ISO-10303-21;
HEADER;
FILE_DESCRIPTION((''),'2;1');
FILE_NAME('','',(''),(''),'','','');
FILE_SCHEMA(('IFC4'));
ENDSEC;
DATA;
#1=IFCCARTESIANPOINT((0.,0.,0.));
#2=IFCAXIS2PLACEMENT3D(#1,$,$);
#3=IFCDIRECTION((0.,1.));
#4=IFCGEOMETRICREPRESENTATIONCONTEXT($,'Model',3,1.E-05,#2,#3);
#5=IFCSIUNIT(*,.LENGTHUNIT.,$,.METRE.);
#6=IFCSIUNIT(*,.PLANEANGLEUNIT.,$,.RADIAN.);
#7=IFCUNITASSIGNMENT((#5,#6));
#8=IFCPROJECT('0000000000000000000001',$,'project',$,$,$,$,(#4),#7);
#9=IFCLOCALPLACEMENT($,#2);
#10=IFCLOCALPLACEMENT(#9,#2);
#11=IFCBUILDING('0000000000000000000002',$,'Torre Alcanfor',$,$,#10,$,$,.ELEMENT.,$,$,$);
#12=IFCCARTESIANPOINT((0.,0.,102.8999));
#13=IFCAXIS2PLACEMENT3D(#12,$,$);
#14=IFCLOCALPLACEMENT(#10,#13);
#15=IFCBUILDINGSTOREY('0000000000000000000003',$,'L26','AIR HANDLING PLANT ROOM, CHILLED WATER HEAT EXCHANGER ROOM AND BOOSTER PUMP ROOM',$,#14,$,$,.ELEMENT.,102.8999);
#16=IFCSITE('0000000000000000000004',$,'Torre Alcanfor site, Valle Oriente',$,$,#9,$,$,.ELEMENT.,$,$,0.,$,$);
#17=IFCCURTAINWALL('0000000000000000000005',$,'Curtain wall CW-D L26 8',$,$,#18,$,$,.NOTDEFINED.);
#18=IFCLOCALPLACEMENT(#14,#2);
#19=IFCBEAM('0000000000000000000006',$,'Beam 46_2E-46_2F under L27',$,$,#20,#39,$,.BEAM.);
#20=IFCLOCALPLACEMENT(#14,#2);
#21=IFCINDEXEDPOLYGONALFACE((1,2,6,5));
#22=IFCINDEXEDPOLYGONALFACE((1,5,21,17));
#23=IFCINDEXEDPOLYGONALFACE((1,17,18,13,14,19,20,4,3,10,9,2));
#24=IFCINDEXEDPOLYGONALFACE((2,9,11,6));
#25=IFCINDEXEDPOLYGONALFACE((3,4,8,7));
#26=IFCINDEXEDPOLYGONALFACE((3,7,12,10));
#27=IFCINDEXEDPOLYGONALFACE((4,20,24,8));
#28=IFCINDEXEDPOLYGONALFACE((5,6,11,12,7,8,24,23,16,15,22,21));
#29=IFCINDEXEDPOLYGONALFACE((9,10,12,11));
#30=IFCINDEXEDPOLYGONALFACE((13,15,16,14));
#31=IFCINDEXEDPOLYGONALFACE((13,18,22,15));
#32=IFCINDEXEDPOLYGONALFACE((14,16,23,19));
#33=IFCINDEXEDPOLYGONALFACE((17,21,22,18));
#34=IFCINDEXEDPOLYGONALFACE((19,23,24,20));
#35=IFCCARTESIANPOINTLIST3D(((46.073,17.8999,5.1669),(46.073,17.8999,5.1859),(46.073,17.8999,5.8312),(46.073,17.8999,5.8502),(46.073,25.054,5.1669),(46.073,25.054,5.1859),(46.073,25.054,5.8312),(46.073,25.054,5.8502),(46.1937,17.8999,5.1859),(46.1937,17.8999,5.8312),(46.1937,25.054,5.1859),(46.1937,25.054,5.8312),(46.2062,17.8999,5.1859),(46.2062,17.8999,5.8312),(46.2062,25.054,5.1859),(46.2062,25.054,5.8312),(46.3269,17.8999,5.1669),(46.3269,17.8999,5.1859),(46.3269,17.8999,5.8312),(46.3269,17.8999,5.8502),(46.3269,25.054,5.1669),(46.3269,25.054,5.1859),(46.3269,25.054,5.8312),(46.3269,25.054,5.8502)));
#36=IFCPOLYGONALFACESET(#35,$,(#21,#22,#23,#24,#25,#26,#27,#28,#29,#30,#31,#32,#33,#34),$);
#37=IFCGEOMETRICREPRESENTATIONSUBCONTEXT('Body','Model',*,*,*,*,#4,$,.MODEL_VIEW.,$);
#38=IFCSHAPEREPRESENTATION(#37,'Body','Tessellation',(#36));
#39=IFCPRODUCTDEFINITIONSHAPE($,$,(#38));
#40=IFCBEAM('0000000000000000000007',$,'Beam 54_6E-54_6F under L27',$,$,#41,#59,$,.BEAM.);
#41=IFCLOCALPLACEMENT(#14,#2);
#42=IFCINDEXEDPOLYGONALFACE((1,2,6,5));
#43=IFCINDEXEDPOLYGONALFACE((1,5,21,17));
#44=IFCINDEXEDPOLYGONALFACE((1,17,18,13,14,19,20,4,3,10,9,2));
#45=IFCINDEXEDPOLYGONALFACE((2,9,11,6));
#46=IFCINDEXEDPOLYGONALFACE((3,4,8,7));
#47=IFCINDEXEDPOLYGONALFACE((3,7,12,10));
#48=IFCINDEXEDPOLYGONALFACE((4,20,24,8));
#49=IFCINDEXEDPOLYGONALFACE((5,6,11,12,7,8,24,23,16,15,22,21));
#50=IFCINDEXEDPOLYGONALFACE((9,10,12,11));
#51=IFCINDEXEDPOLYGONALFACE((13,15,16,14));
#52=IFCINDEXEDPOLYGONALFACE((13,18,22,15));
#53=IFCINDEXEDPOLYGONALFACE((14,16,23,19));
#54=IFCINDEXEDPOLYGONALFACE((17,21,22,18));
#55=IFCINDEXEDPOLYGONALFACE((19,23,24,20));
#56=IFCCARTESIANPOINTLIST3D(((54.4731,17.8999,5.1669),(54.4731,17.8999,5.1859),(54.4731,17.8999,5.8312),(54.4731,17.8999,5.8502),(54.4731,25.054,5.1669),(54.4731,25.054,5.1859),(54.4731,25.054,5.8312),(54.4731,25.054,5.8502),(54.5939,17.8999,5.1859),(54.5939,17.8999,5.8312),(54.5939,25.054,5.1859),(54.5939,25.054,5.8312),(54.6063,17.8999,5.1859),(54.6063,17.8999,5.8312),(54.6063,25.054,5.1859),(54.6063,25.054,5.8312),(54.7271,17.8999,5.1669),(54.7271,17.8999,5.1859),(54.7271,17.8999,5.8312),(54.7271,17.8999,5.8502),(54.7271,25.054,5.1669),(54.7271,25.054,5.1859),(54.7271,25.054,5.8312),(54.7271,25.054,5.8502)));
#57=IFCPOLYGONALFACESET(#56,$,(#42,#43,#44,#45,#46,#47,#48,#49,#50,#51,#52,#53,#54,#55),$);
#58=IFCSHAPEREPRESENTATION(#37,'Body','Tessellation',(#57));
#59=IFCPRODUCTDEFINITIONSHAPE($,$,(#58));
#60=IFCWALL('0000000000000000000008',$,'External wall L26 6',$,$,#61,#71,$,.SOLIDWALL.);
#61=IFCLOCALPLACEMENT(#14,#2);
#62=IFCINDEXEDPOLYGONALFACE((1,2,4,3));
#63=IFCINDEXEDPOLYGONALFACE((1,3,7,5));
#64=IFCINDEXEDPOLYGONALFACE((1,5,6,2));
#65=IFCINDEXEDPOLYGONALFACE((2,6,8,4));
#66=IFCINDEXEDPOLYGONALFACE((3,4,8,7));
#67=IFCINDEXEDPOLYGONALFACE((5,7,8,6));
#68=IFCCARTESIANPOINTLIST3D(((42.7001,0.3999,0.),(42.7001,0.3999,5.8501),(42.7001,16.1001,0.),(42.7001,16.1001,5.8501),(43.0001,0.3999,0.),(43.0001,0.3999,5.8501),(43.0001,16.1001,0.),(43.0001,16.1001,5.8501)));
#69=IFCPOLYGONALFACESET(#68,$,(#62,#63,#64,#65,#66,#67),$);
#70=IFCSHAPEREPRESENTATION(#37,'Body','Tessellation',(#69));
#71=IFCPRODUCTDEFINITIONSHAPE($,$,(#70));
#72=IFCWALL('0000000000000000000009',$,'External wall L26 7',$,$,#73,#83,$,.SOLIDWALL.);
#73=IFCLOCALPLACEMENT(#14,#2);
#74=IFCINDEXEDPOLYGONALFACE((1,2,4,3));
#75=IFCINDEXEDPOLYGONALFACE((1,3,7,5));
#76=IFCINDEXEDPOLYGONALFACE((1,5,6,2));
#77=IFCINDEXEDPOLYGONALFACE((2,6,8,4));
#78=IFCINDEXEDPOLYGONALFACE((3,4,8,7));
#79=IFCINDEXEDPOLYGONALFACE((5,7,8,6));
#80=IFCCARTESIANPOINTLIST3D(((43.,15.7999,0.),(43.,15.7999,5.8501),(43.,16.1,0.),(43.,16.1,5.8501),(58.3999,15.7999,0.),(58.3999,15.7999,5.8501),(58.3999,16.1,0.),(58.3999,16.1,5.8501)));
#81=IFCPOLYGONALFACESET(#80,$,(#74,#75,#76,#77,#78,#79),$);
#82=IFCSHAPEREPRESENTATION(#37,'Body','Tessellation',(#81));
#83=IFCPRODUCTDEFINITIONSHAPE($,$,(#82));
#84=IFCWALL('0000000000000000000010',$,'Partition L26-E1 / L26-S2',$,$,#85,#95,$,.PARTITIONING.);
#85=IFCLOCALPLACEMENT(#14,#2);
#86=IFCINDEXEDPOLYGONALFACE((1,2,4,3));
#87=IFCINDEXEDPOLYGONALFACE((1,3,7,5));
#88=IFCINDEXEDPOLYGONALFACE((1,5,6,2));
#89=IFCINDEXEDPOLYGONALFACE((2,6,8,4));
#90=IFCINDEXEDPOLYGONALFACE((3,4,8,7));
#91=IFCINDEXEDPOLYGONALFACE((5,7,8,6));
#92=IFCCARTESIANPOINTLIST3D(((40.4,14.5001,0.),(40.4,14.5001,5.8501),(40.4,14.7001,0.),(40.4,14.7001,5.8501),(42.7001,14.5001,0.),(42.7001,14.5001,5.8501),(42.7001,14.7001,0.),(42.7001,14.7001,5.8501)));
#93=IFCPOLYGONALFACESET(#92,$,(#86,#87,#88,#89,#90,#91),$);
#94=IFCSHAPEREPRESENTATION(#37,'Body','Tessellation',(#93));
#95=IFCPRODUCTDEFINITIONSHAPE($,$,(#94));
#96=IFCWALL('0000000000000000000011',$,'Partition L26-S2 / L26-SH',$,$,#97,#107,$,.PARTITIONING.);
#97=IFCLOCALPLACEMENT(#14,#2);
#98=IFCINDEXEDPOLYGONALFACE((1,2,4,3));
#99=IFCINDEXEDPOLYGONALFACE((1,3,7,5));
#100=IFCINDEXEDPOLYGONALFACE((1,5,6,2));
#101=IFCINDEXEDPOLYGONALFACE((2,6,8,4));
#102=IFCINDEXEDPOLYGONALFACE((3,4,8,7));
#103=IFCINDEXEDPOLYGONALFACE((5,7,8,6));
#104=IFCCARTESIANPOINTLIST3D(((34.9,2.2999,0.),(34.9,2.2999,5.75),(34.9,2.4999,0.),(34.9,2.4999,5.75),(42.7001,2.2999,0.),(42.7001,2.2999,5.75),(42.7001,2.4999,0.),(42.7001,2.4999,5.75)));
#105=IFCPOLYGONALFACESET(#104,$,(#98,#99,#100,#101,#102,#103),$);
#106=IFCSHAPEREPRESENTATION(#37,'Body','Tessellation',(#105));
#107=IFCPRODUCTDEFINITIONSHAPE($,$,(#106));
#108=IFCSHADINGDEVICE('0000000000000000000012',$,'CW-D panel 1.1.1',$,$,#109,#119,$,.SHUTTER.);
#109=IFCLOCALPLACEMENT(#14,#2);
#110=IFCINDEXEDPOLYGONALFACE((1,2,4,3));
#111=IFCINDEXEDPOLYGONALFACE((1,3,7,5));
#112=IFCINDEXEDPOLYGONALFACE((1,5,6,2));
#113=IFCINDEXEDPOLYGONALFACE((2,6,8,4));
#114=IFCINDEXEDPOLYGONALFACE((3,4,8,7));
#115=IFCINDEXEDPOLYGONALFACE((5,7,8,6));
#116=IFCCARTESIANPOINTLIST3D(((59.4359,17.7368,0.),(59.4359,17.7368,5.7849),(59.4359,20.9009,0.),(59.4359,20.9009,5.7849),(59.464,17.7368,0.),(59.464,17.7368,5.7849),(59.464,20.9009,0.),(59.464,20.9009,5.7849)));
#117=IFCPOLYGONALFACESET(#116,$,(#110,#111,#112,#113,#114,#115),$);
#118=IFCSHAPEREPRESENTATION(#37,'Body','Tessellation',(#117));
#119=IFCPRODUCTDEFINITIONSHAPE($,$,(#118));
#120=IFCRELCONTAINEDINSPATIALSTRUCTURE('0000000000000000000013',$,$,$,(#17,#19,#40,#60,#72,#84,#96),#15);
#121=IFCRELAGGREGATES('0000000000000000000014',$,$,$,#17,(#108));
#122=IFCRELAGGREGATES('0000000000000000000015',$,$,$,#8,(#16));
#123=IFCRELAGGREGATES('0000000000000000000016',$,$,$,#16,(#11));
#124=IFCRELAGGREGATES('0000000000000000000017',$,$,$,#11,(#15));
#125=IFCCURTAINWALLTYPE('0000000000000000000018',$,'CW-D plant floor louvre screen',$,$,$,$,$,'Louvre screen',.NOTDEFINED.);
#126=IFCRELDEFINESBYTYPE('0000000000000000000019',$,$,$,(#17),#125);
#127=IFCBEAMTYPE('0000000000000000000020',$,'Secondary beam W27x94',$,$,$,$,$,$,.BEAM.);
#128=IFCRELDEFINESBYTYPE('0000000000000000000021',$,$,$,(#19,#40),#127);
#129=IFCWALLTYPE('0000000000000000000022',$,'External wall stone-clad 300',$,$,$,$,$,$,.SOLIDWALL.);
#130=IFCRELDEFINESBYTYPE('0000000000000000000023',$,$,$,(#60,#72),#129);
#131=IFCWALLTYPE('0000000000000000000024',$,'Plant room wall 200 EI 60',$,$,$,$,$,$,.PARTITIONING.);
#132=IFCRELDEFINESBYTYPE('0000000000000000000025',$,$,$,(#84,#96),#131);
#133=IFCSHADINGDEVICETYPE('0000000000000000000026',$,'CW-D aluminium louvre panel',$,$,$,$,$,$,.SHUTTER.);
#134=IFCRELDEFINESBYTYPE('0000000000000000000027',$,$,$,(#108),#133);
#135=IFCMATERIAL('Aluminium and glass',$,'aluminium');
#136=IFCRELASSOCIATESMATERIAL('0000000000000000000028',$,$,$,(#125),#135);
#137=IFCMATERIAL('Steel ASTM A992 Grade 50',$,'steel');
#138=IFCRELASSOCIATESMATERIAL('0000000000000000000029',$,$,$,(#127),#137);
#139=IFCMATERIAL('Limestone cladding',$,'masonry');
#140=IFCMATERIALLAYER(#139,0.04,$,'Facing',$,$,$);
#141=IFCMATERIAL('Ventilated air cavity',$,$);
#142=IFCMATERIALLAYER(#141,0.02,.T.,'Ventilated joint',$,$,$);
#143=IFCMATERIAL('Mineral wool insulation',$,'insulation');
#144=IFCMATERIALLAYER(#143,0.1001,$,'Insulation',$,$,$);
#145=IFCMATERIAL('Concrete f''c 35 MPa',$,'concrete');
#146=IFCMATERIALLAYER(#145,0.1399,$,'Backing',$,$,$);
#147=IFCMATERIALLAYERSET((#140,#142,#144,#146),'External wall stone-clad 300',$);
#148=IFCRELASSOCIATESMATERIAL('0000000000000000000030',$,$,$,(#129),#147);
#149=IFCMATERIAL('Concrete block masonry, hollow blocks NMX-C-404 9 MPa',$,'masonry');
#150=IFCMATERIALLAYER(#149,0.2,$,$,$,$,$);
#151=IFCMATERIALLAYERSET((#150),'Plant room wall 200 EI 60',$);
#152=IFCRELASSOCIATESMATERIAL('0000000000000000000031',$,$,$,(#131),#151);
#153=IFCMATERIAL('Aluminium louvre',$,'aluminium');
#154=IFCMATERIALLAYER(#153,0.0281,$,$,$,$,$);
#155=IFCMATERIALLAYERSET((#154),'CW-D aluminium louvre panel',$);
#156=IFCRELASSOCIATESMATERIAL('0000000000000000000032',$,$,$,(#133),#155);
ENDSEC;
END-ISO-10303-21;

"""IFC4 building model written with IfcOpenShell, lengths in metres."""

from ifc_helpers import new_model, si_unit, direction, frame, frame_2d, origin, origin_2d, place, context, subcontext, project, spatial, rectangle, i_section, extrude, material, layer, layer_set, material_profile, profile_set, type_object, element, aggregate, save


model = new_model("IFC4")

# Units and contexts
model_context = context("Model", 3, precision=1e-05, world=origin(), true_north=direction((0.0, 1.0)))
body_context = subcontext(model_context, "Body", "Model", "MODEL_VIEW")
ifc_project = project(units=[si_unit("LENGTHUNIT", "METRE"), si_unit("PLANEANGLEUNIT", "RADIAN")], contexts=[model_context])

# Site, building, storey
site_placement = place(None, origin())
site = spatial("IfcSite", under=ifc_project, at=site_placement, Name="Torre Alcanfor site, Valle Oriente", CompositionType="ELEMENT", RefElevation=0.0)
building_placement = place(site_placement, origin())
building = spatial("IfcBuilding", under=site, at=building_placement, Name="Torre Alcanfor", CompositionType="ELEMENT")
storey_placement = place(building_placement, frame((0.0, 0.0, 102.8999)))
storey = spatial("IfcBuildingStorey", under=building, at=storey_placement, Name="L26", Description="AIR HANDLING PLANT ROOM, CHILLED WATER HEAT EXCHANGER ROOM AND BOOSTER PUMP ROOM", CompositionType="ELEMENT", Elevation=102.8999)

# Shared definitions
ifc_material_1 = material(Name="Aluminium and glass", Category="aluminium")
curtain_wall_type = type_object("IfcCurtainWallType", Name="CW-D plant floor louvre screen", ElementType="Louvre screen", PredefinedType="NOTDEFINED", material=ifc_material_1)

# Curtain wall
curtain_wall_1_placement = place(storey_placement, origin())
curtain_wall_1 = element("IfcCurtainWall", 1, at=curtain_wall_1_placement, inside=storey, type_object=curtain_wall_type, Name="Curtain wall CW-D L26 8", PredefinedType="NOTDEFINED")

# Beams
ifc_material_2 = material(Name="Steel ASTM A992 Grade 50", Category="steel")
ifc_material_profile_1 = material_profile(ifc_material_2, i_section(OverallWidth=0.2539, OverallDepth=0.6833, WebThickness=0.0125, FlangeThickness=0.019, at=origin_2d()), Name="W27x94")
ifc_profile_set_1 = profile_set([ifc_material_profile_1], Name="Steel ASTM A992 Grade 50")
beam_type_1 = type_object("IfcBeamType", Name="Secondary beam W27x94", PredefinedType="BEAM", material=ifc_profile_set_1)
for number, where, z_axis, x_axis, name in (
    (2, (46.2, 17.8999, 5.5085), (0.0, 1.0, 0.0), (-1.0, 0.0, 0.0), "Beam 46_2E-46_2F under L27"),
    (3, (54.6001, 17.8999, 5.5085), (0.0, 1.0, 0.0), (-1.0, 0.0, 0.0), "Beam 54_6E-54_6F under L27"),
):
    element("IfcBeam", number, at=place(storey_placement, frame(where, z_axis=z_axis, x_axis=x_axis)), inside=storey, type_object=beam_type_1, Name=name, PredefinedType="BEAM", context=body_context, shape_type="SweptSolid", body=[
        extrude(i_section(OverallWidth=0.2539, OverallDepth=0.6833, WebThickness=0.0125, FlangeThickness=0.019, at=origin_2d()), origin(), (0.0, 0.0, 1.0), 7.1541),
    ])

# Walls
ifc_material_3 = material(Name="Limestone cladding", Category="masonry")
ifc_layer_1 = layer(ifc_material_3, 0.04, Name="Facing")
ifc_material_4 = material(Name="Ventilated air cavity")
ifc_layer_2 = layer(ifc_material_4, 0.02, ventilated=True, Name="Ventilated joint")
ifc_material_5 = material(Name="Mineral wool insulation", Category="insulation")
ifc_layer_3 = layer(ifc_material_5, 0.1001, Name="Insulation")
ifc_material_6 = material(Name="Concrete f'c 35 MPa", Category="concrete")
ifc_layer_4 = layer(ifc_material_6, 0.1399, Name="Backing")
ifc_layer_set_1 = layer_set([ifc_layer_1, ifc_layer_2, ifc_layer_3, ifc_layer_4], Name="External wall stone-clad 300")
wall_type_1 = type_object("IfcWallType", Name="External wall stone-clad 300", PredefinedType="SOLIDWALL", material=ifc_layer_set_1)
wall_1_placement = place(storey_placement, frame((42.8501, 0.3999, 0.0), z_axis=(0.0, 0.0, 1.0), x_axis=(0.0, 1.0, 0.0)))
element("IfcWall", 4, at=wall_1_placement, inside=storey, type_object=wall_type_1, Name="External wall L26 6", PredefinedType="SOLIDWALL", context=body_context, shape_type="SweptSolid", body=[
    extrude(rectangle(XDim=15.7002, YDim=0.3, at=frame_2d((7.8501, 0.0))), origin(), (0.0, 0.0, 1.0), 5.8501),
])
wall_2_placement = place(storey_placement, frame((43.0, 15.95, 0.0), z_axis=(0.0, 0.0, 1.0), x_axis=(1.0, 0.0, 0.0)))
element("IfcWall", 5, at=wall_2_placement, inside=storey, type_object=wall_type_1, Name="External wall L26 7", PredefinedType="SOLIDWALL", context=body_context, shape_type="SweptSolid", body=[
    extrude(rectangle(XDim=15.3999, YDim=0.3, at=frame_2d((7.7, 0.0))), origin(), (0.0, 0.0, 1.0), 5.8501),
])
ifc_material_7 = material(Name="Concrete block masonry, hollow blocks NMX-C-404 9 MPa", Category="masonry")
ifc_layer_5 = layer(ifc_material_7, 0.2)
ifc_layer_set_2 = layer_set([ifc_layer_5], Name="Plant room wall 200 EI 60")
wall_type_2 = type_object("IfcWallType", Name="Plant room wall 200 EI 60", PredefinedType="PARTITIONING", material=ifc_layer_set_2)
wall_3_placement = place(storey_placement, frame((42.7, 14.6001, 0.0), z_axis=(0.0, 0.0, 1.0), x_axis=(-1.0, 0.0, 0.0)))
element("IfcWall", 6, at=wall_3_placement, inside=storey, type_object=wall_type_2, Name="Partition L26-E1 / L26-S2", PredefinedType="PARTITIONING", context=body_context, shape_type="SweptSolid", body=[
    extrude(rectangle(XDim=2.3, YDim=0.2, at=frame_2d((1.1499, 0.0))), origin(), (0.0, 0.0, 1.0), 5.8501),
])
wall_4_placement = place(storey_placement, frame((42.7, 2.3999, 0.0), z_axis=(0.0, 0.0, 1.0), x_axis=(-1.0, 0.0, 0.0)))
element("IfcWall", 7, at=wall_4_placement, inside=storey, type_object=wall_type_2, Name="Partition L26-S2 / L26-SH", PredefinedType="PARTITIONING", context=body_context, shape_type="SweptSolid", body=[
    extrude(rectangle(XDim=7.8, YDim=0.2, at=frame_2d((3.8999, 0.0))), origin(), (0.0, 0.0, 1.0), 5.75),
])

# Shading device
ifc_material_8 = material(Name="Aluminium louvre", Category="aluminium")
ifc_layer_6 = layer(ifc_material_8, 0.0281)
ifc_layer_set_3 = layer_set([ifc_layer_6], Name="CW-D aluminium louvre panel")
shading_device_type = type_object("IfcShadingDeviceType", Name="CW-D aluminium louvre panel", PredefinedType="SHUTTER", material=ifc_layer_set_3)
shading_device_placement = place(storey_placement, frame((59.45, 19.3188, 0.0), z_axis=(0.0, 0.0, 1.0), x_axis=(0.0, 1.0, 0.0)))
shading_device = element("IfcShadingDevice", 8, at=shading_device_placement, type_object=shading_device_type, Name="CW-D panel 1.1.1", PredefinedType="SHUTTER", context=body_context, shape_type="SweptSolid", body=[
    extrude(rectangle(XDim=3.1641, YDim=0.0281, at=origin_2d()), origin(), (0.0, 0.0, 1.0), 5.7849),
])
aggregate(curtain_wall_1, [shading_device])

save(model, "model.ifc")
